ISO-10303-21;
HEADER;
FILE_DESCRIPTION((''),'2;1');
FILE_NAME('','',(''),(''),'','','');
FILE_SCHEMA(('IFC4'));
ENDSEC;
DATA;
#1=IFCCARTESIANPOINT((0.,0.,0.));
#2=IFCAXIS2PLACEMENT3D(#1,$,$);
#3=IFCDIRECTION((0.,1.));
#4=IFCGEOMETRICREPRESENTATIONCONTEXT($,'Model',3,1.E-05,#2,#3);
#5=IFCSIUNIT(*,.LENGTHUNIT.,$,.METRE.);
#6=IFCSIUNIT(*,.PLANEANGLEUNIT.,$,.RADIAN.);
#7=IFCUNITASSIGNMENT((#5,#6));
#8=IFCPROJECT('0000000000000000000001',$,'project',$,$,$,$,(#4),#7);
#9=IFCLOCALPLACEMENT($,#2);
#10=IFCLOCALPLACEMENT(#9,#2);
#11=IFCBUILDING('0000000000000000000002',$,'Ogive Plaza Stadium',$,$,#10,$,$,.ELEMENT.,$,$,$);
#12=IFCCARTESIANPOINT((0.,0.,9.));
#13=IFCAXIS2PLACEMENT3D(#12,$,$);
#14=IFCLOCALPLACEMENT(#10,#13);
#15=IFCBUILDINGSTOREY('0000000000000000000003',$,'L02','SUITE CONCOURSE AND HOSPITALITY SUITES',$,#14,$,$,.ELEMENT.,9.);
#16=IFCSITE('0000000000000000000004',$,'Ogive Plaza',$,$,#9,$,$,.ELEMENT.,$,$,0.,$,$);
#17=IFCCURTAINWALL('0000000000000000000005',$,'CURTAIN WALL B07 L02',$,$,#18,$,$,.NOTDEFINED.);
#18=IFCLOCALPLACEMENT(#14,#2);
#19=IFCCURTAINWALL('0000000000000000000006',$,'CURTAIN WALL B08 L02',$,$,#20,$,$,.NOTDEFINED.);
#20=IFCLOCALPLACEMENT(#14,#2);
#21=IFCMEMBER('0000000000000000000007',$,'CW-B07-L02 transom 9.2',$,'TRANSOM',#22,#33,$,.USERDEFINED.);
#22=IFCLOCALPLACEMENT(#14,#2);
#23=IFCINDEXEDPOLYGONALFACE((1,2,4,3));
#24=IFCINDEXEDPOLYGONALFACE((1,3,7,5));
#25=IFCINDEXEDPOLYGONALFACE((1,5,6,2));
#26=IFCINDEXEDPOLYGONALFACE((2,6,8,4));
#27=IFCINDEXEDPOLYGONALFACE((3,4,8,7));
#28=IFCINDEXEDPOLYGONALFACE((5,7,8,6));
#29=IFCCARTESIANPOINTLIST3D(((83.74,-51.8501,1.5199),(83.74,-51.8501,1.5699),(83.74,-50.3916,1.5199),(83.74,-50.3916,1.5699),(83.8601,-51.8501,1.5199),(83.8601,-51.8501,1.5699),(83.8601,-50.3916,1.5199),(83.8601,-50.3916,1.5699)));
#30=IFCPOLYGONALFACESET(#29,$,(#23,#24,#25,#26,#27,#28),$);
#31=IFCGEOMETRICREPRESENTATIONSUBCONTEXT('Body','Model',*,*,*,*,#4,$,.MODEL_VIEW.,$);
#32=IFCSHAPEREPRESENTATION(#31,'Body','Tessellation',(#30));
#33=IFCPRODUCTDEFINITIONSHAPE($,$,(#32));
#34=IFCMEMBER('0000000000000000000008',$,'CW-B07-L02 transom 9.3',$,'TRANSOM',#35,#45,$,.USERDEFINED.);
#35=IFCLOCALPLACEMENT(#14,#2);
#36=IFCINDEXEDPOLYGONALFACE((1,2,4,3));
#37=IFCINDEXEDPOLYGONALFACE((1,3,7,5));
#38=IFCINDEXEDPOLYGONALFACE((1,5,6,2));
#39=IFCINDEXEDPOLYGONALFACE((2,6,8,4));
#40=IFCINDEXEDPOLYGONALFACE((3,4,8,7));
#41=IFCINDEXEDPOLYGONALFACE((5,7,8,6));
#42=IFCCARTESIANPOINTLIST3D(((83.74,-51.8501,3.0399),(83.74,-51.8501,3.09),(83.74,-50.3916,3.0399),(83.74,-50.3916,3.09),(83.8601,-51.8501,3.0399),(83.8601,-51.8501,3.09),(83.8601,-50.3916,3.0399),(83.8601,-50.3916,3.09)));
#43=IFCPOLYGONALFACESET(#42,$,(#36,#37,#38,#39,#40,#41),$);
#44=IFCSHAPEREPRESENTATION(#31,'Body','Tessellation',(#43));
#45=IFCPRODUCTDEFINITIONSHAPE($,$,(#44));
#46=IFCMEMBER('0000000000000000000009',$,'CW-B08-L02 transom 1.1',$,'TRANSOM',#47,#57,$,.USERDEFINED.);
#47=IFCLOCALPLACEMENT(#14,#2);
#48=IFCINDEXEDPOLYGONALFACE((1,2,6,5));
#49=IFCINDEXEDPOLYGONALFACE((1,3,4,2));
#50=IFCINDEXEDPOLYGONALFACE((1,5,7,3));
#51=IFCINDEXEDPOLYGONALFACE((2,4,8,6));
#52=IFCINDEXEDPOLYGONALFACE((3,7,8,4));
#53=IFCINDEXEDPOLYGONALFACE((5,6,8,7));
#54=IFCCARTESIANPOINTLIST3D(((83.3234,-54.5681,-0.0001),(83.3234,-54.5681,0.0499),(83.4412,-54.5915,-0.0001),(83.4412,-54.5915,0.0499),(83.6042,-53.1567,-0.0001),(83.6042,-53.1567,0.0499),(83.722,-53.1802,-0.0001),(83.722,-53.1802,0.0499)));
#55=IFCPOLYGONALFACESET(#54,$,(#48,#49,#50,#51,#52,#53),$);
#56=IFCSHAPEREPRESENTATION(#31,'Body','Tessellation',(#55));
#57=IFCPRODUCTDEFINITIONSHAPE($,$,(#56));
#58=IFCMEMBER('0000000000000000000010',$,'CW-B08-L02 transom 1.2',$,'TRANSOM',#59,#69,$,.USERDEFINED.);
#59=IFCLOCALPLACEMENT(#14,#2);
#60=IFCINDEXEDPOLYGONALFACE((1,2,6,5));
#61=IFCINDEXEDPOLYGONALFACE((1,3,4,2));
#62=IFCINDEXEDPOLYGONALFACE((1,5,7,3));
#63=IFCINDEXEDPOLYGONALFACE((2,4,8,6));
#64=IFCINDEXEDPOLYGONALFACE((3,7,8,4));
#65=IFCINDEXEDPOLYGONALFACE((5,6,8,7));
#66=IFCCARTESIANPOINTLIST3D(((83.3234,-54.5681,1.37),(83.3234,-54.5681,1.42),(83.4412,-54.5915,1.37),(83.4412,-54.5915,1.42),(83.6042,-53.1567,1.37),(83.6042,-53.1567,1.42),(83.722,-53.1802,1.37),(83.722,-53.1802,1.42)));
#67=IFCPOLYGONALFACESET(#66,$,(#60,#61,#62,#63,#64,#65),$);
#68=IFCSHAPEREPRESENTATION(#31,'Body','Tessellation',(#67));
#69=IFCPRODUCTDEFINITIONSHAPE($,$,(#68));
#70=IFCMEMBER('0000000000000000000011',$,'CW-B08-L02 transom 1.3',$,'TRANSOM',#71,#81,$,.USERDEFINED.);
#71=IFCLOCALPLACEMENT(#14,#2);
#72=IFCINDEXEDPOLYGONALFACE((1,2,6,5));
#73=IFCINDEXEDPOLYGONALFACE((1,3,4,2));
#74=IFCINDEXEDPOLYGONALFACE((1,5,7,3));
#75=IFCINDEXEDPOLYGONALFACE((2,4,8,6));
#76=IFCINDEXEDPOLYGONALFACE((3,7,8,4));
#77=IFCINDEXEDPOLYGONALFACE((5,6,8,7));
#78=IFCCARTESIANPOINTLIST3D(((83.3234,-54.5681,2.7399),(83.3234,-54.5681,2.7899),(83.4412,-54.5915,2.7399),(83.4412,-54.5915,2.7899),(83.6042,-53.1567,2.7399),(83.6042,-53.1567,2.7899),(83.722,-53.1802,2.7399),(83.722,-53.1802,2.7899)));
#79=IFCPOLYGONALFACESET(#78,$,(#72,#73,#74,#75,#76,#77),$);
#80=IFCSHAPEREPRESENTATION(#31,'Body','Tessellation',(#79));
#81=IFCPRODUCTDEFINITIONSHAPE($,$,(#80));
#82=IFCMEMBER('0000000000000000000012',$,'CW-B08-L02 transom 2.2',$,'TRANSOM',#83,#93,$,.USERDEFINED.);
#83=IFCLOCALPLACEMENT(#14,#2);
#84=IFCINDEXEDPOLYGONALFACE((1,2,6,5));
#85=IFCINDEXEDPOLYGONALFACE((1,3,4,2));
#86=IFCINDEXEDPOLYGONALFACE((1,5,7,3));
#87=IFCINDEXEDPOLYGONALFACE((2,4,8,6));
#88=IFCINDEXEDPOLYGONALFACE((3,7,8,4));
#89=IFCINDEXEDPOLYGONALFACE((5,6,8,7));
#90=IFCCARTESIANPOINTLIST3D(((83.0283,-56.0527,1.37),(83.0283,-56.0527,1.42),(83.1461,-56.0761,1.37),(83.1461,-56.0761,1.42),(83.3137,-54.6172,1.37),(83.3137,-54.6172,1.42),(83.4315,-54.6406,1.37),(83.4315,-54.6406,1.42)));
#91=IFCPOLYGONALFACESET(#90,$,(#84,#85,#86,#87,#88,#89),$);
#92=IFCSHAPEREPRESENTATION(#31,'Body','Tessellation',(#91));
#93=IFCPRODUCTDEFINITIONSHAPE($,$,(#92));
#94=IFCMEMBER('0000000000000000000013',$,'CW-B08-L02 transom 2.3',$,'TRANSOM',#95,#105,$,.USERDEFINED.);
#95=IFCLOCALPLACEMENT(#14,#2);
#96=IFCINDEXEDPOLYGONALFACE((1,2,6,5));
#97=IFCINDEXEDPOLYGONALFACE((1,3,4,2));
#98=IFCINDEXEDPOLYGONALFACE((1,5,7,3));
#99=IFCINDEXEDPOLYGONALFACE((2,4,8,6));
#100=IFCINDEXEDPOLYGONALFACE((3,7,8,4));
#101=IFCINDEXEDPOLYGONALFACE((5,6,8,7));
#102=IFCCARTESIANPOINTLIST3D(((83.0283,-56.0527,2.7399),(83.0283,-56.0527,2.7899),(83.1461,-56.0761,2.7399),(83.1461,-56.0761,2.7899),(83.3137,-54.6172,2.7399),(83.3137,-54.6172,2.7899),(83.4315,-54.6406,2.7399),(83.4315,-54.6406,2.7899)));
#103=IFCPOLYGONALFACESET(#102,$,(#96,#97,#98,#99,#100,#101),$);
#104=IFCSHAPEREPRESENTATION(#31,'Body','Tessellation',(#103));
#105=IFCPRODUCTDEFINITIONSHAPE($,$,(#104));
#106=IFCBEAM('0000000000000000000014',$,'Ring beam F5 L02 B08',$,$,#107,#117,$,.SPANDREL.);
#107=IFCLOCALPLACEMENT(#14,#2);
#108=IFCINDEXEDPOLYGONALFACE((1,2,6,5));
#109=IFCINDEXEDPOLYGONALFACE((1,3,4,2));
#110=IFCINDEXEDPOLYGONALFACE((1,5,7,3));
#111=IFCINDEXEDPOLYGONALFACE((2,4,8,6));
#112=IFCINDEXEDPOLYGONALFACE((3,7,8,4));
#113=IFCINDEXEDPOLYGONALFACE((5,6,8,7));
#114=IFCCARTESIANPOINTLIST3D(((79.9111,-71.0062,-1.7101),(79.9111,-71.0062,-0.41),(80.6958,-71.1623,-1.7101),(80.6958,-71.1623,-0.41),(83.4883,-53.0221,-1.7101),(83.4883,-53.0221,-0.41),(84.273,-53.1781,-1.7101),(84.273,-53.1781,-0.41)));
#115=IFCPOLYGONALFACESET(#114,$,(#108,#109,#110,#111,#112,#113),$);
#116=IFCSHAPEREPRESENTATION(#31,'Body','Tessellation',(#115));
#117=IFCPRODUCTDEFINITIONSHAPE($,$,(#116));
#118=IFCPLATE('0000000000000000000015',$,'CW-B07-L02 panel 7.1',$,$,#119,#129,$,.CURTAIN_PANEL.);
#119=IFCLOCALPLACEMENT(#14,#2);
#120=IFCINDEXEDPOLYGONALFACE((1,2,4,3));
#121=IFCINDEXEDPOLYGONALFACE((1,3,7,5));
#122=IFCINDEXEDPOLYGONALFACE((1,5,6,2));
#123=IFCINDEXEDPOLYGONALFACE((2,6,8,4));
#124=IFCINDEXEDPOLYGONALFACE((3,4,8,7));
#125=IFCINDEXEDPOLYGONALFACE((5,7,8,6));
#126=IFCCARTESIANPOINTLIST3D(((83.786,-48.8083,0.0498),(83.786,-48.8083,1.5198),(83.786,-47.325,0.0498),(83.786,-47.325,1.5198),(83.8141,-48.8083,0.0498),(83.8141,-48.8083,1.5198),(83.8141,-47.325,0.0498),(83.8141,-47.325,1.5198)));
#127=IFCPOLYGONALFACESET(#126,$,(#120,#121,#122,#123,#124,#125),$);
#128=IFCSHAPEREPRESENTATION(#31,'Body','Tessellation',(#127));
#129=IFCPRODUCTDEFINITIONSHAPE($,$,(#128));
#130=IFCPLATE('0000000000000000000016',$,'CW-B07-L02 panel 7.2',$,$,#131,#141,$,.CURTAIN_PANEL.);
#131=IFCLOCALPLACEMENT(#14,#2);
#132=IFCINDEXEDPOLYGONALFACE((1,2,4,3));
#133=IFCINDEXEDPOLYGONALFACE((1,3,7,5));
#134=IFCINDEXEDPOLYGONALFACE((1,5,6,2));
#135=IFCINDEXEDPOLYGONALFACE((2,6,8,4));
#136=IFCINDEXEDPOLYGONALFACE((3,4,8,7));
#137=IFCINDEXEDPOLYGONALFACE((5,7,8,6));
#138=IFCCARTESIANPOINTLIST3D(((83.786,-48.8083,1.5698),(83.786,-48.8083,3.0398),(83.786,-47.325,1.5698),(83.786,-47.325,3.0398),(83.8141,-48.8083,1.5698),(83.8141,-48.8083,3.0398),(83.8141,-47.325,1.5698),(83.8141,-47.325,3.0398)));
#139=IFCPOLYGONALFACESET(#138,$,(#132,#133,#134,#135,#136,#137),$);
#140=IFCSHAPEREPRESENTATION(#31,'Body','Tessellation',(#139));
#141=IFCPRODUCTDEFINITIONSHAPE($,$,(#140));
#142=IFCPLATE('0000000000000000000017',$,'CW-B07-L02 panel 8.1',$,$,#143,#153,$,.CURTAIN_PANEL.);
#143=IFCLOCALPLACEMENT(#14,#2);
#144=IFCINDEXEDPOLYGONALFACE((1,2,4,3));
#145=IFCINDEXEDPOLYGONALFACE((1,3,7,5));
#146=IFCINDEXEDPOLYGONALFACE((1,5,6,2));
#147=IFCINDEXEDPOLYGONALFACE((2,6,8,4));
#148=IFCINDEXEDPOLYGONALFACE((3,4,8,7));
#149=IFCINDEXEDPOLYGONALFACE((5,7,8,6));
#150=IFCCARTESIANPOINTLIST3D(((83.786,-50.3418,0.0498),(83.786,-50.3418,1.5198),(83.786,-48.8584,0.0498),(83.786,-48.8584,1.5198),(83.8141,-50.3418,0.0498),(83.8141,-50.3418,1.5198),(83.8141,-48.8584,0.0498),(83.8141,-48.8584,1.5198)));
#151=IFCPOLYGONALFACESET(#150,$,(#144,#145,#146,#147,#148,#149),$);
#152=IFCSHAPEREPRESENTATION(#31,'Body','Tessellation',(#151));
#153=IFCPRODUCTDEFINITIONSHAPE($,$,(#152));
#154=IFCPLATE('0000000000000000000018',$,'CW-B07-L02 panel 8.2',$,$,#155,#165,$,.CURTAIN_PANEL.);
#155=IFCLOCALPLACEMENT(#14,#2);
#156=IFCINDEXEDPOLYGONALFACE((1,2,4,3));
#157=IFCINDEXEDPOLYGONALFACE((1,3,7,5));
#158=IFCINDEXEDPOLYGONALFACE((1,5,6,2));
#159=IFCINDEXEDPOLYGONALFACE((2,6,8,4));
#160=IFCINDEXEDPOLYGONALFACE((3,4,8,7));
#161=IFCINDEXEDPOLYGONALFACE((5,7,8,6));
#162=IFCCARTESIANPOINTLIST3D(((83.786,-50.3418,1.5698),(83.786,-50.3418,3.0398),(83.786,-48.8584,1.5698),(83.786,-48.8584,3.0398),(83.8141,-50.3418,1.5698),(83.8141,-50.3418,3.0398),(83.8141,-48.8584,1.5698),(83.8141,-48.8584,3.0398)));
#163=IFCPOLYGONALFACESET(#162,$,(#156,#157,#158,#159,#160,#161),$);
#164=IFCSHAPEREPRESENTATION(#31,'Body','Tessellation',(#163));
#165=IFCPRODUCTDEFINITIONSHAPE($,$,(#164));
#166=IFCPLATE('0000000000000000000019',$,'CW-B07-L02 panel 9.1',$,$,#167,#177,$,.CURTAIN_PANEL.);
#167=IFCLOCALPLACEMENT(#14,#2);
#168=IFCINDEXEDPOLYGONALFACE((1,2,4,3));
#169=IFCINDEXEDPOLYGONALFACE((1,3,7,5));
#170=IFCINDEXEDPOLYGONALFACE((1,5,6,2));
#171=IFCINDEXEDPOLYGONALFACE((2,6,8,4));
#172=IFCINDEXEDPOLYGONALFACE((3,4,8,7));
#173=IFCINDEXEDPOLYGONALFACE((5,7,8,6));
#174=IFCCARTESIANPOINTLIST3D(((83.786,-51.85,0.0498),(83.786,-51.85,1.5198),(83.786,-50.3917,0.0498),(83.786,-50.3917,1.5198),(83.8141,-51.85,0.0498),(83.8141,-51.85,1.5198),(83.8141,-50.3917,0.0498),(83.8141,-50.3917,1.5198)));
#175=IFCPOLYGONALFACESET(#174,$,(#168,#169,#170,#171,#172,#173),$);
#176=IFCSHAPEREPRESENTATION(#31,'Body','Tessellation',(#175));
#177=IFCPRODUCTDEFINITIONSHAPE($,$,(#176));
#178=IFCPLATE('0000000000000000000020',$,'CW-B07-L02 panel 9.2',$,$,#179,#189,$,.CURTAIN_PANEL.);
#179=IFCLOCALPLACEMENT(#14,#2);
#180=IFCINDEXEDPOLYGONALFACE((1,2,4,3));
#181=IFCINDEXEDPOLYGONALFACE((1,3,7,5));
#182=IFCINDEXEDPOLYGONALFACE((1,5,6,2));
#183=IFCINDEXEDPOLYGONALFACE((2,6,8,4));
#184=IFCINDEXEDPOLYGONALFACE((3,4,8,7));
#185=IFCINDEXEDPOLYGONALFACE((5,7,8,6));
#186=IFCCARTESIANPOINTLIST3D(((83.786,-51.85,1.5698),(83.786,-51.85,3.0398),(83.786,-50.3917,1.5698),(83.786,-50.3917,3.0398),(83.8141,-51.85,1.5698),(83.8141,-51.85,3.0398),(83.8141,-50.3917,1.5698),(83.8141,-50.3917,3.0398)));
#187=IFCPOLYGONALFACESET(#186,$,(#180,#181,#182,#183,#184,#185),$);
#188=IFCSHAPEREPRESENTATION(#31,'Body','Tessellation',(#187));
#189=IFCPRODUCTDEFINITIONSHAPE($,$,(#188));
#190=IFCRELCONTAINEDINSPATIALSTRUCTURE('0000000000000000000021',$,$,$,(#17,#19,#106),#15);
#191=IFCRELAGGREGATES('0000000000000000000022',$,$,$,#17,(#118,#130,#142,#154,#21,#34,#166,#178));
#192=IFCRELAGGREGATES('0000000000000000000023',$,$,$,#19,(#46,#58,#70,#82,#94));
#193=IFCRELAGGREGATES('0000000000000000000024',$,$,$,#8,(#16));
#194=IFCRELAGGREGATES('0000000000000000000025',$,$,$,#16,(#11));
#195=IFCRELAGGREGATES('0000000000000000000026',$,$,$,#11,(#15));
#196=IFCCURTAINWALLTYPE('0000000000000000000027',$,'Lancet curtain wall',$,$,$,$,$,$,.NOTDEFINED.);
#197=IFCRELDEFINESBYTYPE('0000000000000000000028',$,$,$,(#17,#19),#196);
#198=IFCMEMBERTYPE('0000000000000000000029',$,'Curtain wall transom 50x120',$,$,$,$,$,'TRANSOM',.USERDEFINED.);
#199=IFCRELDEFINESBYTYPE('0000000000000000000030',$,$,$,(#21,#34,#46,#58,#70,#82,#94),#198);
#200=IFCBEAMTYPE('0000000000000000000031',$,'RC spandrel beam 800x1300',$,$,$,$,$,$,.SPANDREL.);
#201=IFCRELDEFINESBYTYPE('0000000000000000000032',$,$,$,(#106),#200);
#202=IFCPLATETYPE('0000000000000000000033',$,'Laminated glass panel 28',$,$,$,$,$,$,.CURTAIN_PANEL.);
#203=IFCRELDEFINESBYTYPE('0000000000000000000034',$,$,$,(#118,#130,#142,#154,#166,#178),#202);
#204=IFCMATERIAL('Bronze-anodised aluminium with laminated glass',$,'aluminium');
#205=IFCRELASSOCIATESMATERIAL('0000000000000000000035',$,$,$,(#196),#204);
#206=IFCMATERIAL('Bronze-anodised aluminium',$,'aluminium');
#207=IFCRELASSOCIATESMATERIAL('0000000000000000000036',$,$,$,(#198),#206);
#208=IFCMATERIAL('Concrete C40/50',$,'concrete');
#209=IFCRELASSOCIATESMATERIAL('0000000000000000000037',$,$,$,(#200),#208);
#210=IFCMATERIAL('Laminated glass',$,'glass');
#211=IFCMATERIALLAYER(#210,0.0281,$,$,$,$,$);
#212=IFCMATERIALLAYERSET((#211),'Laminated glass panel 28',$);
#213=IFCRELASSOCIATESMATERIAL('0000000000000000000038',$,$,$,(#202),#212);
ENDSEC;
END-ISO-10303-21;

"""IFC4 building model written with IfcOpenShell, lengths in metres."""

from ifc_helpers import new_model, si_unit, direction, frame, origin, origin_2d, place, context, subcontext, project, spatial, rectangle, extrude, material, layer, layer_set, material_profile, profile_set, type_object, element, aggregate, save


model = new_model("IFC4")

# Units and contexts
model_context = context("Model", 3, precision=1e-05, world=origin(), true_north=direction((0.0, 1.0)))
body_context = subcontext(model_context, "Body", "Model", "MODEL_VIEW")
ifc_project = project(units=[si_unit("LENGTHUNIT", "METRE"), si_unit("PLANEANGLEUNIT", "RADIAN")], contexts=[model_context])

# Site, building, storey
site_placement = place(None, origin())
site = spatial("IfcSite", under=ifc_project, at=site_placement, Name="Ogive Plaza", CompositionType="ELEMENT", RefElevation=0.0)
building_placement = place(site_placement, origin())
building = spatial("IfcBuilding", under=site, at=building_placement, Name="Ogive Plaza Stadium", CompositionType="ELEMENT")
storey_placement = place(building_placement, frame((0.0, 0.0, 9.0)))
storey = spatial("IfcBuildingStorey", under=building, at=storey_placement, Name="L02", Description="SUITE CONCOURSE AND HOSPITALITY SUITES", CompositionType="ELEMENT", Elevation=9.0)

# Curtain walls
ifc_material_1 = material(Name="Bronze-anodised aluminium with laminated glass", Category="aluminium")
curtain_wall_type = type_object("IfcCurtainWallType", Name="Lancet curtain wall", PredefinedType="NOTDEFINED", material=ifc_material_1)
curtain_wall_1_placement = place(storey_placement, origin())
curtain_wall_1 = element("IfcCurtainWall", 1, at=curtain_wall_1_placement, inside=storey, type_object=curtain_wall_type, Name="CURTAIN WALL B07 L02", PredefinedType="NOTDEFINED")
curtain_wall_2_placement = place(storey_placement, origin())
curtain_wall_2 = element("IfcCurtainWall", 2, at=curtain_wall_2_placement, inside=storey, type_object=curtain_wall_type, Name="CURTAIN WALL B08 L02", PredefinedType="NOTDEFINED")

# Members
ifc_material_2 = material(Name="Bronze-anodised aluminium", Category="aluminium")
ifc_material_profile_1 = material_profile(ifc_material_2, rectangle(XDim=0.1201, YDim=0.05, at=origin_2d()), Name="AL 120x50")
ifc_profile_set_1 = profile_set([ifc_material_profile_1], Name="Bronze-anodised aluminium")
member_type_1 = type_object("IfcMemberType", Name="Curtain wall transom 50x120", ElementType="TRANSOM", PredefinedType="USERDEFINED", material=ifc_profile_set_1)
member_1_placement = place(storey_placement, frame((83.8, -50.3916, 1.5449), z_axis=(0.0, -1.0, 0.0), x_axis=(1.0, 0.0, 0.0)))
member_1 = element("IfcMember", 3, at=member_1_placement, type_object=member_type_1, Name="CW-B07-L02 transom 9.2", ObjectType="TRANSOM", PredefinedType="USERDEFINED", context=body_context, shape_type="SweptSolid", body=[
    extrude(rectangle(XDim=0.1201, YDim=0.05, at=origin_2d()), origin(), (0.0, 0.0, 1.0), 1.4585),
])
member_2_placement = place(storey_placement, frame((83.8, -50.3916, 3.0649), z_axis=(0.0, -1.0, 0.0), x_axis=(1.0, 0.0, 0.0)))
member_2 = element("IfcMember", 4, at=member_2_placement, type_object=member_type_1, Name="CW-B07-L02 transom 9.3", ObjectType="TRANSOM", PredefinedType="USERDEFINED", context=body_context, shape_type="SweptSolid", body=[
    extrude(rectangle(XDim=0.1201, YDim=0.05, at=origin_2d()), origin(), (0.0, 0.0, 1.0), 1.4585),
])
member_3_placement = place(storey_placement, frame((83.6631, -53.1685, 0.0249), z_axis=(-0.195105, -0.980782, 0.0), x_axis=(0.980782, -0.195105, 0.0)))
member_3 = element("IfcMember", 5, at=member_3_placement, type_object=member_type_1, Name="CW-B08-L02 transom 1.1", ObjectType="TRANSOM", PredefinedType="USERDEFINED", context=body_context, shape_type="SweptSolid", body=[
    extrude(rectangle(XDim=0.1201, YDim=0.05, at=origin_2d()), origin(), (0.0, 0.0, 1.0), 1.439),
])
member_4_placement = place(storey_placement, frame((83.6631, -53.1685, 1.395), z_axis=(-0.195105, -0.980782, 0.0), x_axis=(0.980782, -0.195105, 0.0)))
member_4 = element("IfcMember", 6, at=member_4_placement, type_object=member_type_1, Name="CW-B08-L02 transom 1.2", ObjectType="TRANSOM", PredefinedType="USERDEFINED", context=body_context, shape_type="SweptSolid", body=[
    extrude(rectangle(XDim=0.1201, YDim=0.05, at=origin_2d()), origin(), (0.0, 0.0, 1.0), 1.439),
])
member_5_placement = place(storey_placement, frame((83.6631, -53.1685, 2.7649), z_axis=(-0.195105, -0.980782, 0.0), x_axis=(0.980782, -0.195105, 0.0)))
member_5 = element("IfcMember", 7, at=member_5_placement, type_object=member_type_1, Name="CW-B08-L02 transom 1.3", ObjectType="TRANSOM", PredefinedType="USERDEFINED", context=body_context, shape_type="SweptSolid", body=[
    extrude(rectangle(XDim=0.1201, YDim=0.05, at=origin_2d()), origin(), (0.0, 0.0, 1.0), 1.439),
])
member_6_placement = place(storey_placement, frame((83.3726, -54.6289, 1.395), z_axis=(-0.194993, -0.980805, 0.0), x_axis=(0.980805, -0.194993, 0.0)))
member_6 = element("IfcMember", 8, at=member_6_placement, type_object=member_type_1, Name="CW-B08-L02 transom 2.2", ObjectType="TRANSOM", PredefinedType="USERDEFINED", context=body_context, shape_type="SweptSolid", body=[
    extrude(rectangle(XDim=0.1201, YDim=0.05, at=origin_2d()), origin(), (0.0, 0.0, 1.0), 1.4636),
])
member_7_placement = place(storey_placement, frame((83.3726, -54.6289, 2.7649), z_axis=(-0.194993, -0.980805, 0.0), x_axis=(0.980805, -0.194993, 0.0)))
member_7 = element("IfcMember", 9, at=member_7_placement, type_object=member_type_1, Name="CW-B08-L02 transom 2.3", ObjectType="TRANSOM", PredefinedType="USERDEFINED", context=body_context, shape_type="SweptSolid", body=[
    extrude(rectangle(XDim=0.1201, YDim=0.05, at=origin_2d()), origin(), (0.0, 0.0, 1.0), 1.4636),
])

# Beam
ifc_material_3 = material(Name="Concrete C40/50", Category="concrete")
ifc_material_profile_2 = material_profile(ifc_material_3, rectangle(XDim=0.8, YDim=1.3, at=origin_2d()), Name="RC 800x1300")
ifc_profile_set_2 = profile_set([ifc_material_profile_2], Name="Concrete C40/50")
beam_type = type_object("IfcBeamType", Name="RC spandrel beam 800x1300", PredefinedType="SPANDREL", material=ifc_profile_set_2)
beam_placement = place(storey_placement, frame((83.8806, -53.1001, -1.0601), z_axis=(-0.195084, -0.980787, 0.0), x_axis=(0.980787, -0.195084, 0.0)))
element("IfcBeam", 10, at=beam_placement, inside=storey, type_object=beam_type, Name="Ring beam F5 L02 B08", PredefinedType="SPANDREL", context=body_context, shape_type="SweptSolid", body=[
    extrude(rectangle(XDim=0.8, YDim=1.3, at=origin_2d()), origin(), (0.0, 0.0, 1.0), 18.3364),
])

# Plates
ifc_material_4 = material(Name="Laminated glass", Category="glass")
ifc_layer = layer(ifc_material_4, 0.0281)
ifc_layer_set = layer_set([ifc_layer], Name="Laminated glass panel 28")
plate_type = type_object("IfcPlateType", Name="Laminated glass panel 28", PredefinedType="CURTAIN_PANEL", material=ifc_layer_set)
plate_1_placement = place(storey_placement, frame((83.8, -48.0667, 0.0498), z_axis=(0.0, 0.0, 1.0), x_axis=(0.0, -1.0, 0.0)))
plate_1 = element("IfcPlate", 11, at=plate_1_placement, type_object=plate_type, Name="CW-B07-L02 panel 7.1", PredefinedType="CURTAIN_PANEL", context=body_context, shape_type="SweptSolid", body=[
    extrude(rectangle(XDim=1.4834, YDim=0.0281, at=origin_2d()), origin(), (0.0, 0.0, 1.0), 1.47),
])
plate_2_placement = place(storey_placement, frame((83.8, -48.0667, 1.5698), z_axis=(0.0, 0.0, 1.0), x_axis=(0.0, -1.0, 0.0)))
plate_2 = element("IfcPlate", 12, at=plate_2_placement, type_object=plate_type, Name="CW-B07-L02 panel 7.2", PredefinedType="CURTAIN_PANEL", context=body_context, shape_type="SweptSolid", body=[
    extrude(rectangle(XDim=1.4834, YDim=0.0281, at=origin_2d()), origin(), (0.0, 0.0, 1.0), 1.47),
])
plate_3_placement = place(storey_placement, frame((83.8, -49.6001, 0.0498), z_axis=(0.0, 0.0, 1.0), x_axis=(0.0, -1.0, 0.0)))
plate_3 = element("IfcPlate", 13, at=plate_3_placement, type_object=plate_type, Name="CW-B07-L02 panel 8.1", PredefinedType="CURTAIN_PANEL", context=body_context, shape_type="SweptSolid", body=[
    extrude(rectangle(XDim=1.4834, YDim=0.0281, at=origin_2d()), origin(), (0.0, 0.0, 1.0), 1.47),
])
plate_4_placement = place(storey_placement, frame((83.8, -49.6001, 1.5698), z_axis=(0.0, 0.0, 1.0), x_axis=(0.0, -1.0, 0.0)))
plate_4 = element("IfcPlate", 14, at=plate_4_placement, type_object=plate_type, Name="CW-B07-L02 panel 8.2", PredefinedType="CURTAIN_PANEL", context=body_context, shape_type="SweptSolid", body=[
    extrude(rectangle(XDim=1.4834, YDim=0.0281, at=origin_2d()), origin(), (0.0, 0.0, 1.0), 1.47),
])
plate_5_placement = place(storey_placement, frame((83.8, -51.1208, 0.0498), z_axis=(0.0, 0.0, 1.0), x_axis=(0.0, -1.0, 0.0)))
plate_5 = element("IfcPlate", 15, at=plate_5_placement, type_object=plate_type, Name="CW-B07-L02 panel 9.1", PredefinedType="CURTAIN_PANEL", context=body_context, shape_type="SweptSolid", body=[
    extrude(rectangle(XDim=1.4583, YDim=0.0281, at=origin_2d()), origin(), (0.0, 0.0, 1.0), 1.47),
])
plate_6_placement = place(storey_placement, frame((83.8, -51.1208, 1.5698), z_axis=(0.0, 0.0, 1.0), x_axis=(0.0, -1.0, 0.0)))
plate_6 = element("IfcPlate", 16, at=plate_6_placement, type_object=plate_type, Name="CW-B07-L02 panel 9.2", PredefinedType="CURTAIN_PANEL", context=body_context, shape_type="SweptSolid", body=[
    extrude(rectangle(XDim=1.4583, YDim=0.0281, at=origin_2d()), origin(), (0.0, 0.0, 1.0), 1.47),
])
aggregate(curtain_wall_1, [plate_1, plate_2, plate_3, plate_4, member_1, member_2, plate_5, plate_6])
aggregate(curtain_wall_2, [member_3, member_4, member_5, member_6, member_7])

save(model, "model.ifc")
